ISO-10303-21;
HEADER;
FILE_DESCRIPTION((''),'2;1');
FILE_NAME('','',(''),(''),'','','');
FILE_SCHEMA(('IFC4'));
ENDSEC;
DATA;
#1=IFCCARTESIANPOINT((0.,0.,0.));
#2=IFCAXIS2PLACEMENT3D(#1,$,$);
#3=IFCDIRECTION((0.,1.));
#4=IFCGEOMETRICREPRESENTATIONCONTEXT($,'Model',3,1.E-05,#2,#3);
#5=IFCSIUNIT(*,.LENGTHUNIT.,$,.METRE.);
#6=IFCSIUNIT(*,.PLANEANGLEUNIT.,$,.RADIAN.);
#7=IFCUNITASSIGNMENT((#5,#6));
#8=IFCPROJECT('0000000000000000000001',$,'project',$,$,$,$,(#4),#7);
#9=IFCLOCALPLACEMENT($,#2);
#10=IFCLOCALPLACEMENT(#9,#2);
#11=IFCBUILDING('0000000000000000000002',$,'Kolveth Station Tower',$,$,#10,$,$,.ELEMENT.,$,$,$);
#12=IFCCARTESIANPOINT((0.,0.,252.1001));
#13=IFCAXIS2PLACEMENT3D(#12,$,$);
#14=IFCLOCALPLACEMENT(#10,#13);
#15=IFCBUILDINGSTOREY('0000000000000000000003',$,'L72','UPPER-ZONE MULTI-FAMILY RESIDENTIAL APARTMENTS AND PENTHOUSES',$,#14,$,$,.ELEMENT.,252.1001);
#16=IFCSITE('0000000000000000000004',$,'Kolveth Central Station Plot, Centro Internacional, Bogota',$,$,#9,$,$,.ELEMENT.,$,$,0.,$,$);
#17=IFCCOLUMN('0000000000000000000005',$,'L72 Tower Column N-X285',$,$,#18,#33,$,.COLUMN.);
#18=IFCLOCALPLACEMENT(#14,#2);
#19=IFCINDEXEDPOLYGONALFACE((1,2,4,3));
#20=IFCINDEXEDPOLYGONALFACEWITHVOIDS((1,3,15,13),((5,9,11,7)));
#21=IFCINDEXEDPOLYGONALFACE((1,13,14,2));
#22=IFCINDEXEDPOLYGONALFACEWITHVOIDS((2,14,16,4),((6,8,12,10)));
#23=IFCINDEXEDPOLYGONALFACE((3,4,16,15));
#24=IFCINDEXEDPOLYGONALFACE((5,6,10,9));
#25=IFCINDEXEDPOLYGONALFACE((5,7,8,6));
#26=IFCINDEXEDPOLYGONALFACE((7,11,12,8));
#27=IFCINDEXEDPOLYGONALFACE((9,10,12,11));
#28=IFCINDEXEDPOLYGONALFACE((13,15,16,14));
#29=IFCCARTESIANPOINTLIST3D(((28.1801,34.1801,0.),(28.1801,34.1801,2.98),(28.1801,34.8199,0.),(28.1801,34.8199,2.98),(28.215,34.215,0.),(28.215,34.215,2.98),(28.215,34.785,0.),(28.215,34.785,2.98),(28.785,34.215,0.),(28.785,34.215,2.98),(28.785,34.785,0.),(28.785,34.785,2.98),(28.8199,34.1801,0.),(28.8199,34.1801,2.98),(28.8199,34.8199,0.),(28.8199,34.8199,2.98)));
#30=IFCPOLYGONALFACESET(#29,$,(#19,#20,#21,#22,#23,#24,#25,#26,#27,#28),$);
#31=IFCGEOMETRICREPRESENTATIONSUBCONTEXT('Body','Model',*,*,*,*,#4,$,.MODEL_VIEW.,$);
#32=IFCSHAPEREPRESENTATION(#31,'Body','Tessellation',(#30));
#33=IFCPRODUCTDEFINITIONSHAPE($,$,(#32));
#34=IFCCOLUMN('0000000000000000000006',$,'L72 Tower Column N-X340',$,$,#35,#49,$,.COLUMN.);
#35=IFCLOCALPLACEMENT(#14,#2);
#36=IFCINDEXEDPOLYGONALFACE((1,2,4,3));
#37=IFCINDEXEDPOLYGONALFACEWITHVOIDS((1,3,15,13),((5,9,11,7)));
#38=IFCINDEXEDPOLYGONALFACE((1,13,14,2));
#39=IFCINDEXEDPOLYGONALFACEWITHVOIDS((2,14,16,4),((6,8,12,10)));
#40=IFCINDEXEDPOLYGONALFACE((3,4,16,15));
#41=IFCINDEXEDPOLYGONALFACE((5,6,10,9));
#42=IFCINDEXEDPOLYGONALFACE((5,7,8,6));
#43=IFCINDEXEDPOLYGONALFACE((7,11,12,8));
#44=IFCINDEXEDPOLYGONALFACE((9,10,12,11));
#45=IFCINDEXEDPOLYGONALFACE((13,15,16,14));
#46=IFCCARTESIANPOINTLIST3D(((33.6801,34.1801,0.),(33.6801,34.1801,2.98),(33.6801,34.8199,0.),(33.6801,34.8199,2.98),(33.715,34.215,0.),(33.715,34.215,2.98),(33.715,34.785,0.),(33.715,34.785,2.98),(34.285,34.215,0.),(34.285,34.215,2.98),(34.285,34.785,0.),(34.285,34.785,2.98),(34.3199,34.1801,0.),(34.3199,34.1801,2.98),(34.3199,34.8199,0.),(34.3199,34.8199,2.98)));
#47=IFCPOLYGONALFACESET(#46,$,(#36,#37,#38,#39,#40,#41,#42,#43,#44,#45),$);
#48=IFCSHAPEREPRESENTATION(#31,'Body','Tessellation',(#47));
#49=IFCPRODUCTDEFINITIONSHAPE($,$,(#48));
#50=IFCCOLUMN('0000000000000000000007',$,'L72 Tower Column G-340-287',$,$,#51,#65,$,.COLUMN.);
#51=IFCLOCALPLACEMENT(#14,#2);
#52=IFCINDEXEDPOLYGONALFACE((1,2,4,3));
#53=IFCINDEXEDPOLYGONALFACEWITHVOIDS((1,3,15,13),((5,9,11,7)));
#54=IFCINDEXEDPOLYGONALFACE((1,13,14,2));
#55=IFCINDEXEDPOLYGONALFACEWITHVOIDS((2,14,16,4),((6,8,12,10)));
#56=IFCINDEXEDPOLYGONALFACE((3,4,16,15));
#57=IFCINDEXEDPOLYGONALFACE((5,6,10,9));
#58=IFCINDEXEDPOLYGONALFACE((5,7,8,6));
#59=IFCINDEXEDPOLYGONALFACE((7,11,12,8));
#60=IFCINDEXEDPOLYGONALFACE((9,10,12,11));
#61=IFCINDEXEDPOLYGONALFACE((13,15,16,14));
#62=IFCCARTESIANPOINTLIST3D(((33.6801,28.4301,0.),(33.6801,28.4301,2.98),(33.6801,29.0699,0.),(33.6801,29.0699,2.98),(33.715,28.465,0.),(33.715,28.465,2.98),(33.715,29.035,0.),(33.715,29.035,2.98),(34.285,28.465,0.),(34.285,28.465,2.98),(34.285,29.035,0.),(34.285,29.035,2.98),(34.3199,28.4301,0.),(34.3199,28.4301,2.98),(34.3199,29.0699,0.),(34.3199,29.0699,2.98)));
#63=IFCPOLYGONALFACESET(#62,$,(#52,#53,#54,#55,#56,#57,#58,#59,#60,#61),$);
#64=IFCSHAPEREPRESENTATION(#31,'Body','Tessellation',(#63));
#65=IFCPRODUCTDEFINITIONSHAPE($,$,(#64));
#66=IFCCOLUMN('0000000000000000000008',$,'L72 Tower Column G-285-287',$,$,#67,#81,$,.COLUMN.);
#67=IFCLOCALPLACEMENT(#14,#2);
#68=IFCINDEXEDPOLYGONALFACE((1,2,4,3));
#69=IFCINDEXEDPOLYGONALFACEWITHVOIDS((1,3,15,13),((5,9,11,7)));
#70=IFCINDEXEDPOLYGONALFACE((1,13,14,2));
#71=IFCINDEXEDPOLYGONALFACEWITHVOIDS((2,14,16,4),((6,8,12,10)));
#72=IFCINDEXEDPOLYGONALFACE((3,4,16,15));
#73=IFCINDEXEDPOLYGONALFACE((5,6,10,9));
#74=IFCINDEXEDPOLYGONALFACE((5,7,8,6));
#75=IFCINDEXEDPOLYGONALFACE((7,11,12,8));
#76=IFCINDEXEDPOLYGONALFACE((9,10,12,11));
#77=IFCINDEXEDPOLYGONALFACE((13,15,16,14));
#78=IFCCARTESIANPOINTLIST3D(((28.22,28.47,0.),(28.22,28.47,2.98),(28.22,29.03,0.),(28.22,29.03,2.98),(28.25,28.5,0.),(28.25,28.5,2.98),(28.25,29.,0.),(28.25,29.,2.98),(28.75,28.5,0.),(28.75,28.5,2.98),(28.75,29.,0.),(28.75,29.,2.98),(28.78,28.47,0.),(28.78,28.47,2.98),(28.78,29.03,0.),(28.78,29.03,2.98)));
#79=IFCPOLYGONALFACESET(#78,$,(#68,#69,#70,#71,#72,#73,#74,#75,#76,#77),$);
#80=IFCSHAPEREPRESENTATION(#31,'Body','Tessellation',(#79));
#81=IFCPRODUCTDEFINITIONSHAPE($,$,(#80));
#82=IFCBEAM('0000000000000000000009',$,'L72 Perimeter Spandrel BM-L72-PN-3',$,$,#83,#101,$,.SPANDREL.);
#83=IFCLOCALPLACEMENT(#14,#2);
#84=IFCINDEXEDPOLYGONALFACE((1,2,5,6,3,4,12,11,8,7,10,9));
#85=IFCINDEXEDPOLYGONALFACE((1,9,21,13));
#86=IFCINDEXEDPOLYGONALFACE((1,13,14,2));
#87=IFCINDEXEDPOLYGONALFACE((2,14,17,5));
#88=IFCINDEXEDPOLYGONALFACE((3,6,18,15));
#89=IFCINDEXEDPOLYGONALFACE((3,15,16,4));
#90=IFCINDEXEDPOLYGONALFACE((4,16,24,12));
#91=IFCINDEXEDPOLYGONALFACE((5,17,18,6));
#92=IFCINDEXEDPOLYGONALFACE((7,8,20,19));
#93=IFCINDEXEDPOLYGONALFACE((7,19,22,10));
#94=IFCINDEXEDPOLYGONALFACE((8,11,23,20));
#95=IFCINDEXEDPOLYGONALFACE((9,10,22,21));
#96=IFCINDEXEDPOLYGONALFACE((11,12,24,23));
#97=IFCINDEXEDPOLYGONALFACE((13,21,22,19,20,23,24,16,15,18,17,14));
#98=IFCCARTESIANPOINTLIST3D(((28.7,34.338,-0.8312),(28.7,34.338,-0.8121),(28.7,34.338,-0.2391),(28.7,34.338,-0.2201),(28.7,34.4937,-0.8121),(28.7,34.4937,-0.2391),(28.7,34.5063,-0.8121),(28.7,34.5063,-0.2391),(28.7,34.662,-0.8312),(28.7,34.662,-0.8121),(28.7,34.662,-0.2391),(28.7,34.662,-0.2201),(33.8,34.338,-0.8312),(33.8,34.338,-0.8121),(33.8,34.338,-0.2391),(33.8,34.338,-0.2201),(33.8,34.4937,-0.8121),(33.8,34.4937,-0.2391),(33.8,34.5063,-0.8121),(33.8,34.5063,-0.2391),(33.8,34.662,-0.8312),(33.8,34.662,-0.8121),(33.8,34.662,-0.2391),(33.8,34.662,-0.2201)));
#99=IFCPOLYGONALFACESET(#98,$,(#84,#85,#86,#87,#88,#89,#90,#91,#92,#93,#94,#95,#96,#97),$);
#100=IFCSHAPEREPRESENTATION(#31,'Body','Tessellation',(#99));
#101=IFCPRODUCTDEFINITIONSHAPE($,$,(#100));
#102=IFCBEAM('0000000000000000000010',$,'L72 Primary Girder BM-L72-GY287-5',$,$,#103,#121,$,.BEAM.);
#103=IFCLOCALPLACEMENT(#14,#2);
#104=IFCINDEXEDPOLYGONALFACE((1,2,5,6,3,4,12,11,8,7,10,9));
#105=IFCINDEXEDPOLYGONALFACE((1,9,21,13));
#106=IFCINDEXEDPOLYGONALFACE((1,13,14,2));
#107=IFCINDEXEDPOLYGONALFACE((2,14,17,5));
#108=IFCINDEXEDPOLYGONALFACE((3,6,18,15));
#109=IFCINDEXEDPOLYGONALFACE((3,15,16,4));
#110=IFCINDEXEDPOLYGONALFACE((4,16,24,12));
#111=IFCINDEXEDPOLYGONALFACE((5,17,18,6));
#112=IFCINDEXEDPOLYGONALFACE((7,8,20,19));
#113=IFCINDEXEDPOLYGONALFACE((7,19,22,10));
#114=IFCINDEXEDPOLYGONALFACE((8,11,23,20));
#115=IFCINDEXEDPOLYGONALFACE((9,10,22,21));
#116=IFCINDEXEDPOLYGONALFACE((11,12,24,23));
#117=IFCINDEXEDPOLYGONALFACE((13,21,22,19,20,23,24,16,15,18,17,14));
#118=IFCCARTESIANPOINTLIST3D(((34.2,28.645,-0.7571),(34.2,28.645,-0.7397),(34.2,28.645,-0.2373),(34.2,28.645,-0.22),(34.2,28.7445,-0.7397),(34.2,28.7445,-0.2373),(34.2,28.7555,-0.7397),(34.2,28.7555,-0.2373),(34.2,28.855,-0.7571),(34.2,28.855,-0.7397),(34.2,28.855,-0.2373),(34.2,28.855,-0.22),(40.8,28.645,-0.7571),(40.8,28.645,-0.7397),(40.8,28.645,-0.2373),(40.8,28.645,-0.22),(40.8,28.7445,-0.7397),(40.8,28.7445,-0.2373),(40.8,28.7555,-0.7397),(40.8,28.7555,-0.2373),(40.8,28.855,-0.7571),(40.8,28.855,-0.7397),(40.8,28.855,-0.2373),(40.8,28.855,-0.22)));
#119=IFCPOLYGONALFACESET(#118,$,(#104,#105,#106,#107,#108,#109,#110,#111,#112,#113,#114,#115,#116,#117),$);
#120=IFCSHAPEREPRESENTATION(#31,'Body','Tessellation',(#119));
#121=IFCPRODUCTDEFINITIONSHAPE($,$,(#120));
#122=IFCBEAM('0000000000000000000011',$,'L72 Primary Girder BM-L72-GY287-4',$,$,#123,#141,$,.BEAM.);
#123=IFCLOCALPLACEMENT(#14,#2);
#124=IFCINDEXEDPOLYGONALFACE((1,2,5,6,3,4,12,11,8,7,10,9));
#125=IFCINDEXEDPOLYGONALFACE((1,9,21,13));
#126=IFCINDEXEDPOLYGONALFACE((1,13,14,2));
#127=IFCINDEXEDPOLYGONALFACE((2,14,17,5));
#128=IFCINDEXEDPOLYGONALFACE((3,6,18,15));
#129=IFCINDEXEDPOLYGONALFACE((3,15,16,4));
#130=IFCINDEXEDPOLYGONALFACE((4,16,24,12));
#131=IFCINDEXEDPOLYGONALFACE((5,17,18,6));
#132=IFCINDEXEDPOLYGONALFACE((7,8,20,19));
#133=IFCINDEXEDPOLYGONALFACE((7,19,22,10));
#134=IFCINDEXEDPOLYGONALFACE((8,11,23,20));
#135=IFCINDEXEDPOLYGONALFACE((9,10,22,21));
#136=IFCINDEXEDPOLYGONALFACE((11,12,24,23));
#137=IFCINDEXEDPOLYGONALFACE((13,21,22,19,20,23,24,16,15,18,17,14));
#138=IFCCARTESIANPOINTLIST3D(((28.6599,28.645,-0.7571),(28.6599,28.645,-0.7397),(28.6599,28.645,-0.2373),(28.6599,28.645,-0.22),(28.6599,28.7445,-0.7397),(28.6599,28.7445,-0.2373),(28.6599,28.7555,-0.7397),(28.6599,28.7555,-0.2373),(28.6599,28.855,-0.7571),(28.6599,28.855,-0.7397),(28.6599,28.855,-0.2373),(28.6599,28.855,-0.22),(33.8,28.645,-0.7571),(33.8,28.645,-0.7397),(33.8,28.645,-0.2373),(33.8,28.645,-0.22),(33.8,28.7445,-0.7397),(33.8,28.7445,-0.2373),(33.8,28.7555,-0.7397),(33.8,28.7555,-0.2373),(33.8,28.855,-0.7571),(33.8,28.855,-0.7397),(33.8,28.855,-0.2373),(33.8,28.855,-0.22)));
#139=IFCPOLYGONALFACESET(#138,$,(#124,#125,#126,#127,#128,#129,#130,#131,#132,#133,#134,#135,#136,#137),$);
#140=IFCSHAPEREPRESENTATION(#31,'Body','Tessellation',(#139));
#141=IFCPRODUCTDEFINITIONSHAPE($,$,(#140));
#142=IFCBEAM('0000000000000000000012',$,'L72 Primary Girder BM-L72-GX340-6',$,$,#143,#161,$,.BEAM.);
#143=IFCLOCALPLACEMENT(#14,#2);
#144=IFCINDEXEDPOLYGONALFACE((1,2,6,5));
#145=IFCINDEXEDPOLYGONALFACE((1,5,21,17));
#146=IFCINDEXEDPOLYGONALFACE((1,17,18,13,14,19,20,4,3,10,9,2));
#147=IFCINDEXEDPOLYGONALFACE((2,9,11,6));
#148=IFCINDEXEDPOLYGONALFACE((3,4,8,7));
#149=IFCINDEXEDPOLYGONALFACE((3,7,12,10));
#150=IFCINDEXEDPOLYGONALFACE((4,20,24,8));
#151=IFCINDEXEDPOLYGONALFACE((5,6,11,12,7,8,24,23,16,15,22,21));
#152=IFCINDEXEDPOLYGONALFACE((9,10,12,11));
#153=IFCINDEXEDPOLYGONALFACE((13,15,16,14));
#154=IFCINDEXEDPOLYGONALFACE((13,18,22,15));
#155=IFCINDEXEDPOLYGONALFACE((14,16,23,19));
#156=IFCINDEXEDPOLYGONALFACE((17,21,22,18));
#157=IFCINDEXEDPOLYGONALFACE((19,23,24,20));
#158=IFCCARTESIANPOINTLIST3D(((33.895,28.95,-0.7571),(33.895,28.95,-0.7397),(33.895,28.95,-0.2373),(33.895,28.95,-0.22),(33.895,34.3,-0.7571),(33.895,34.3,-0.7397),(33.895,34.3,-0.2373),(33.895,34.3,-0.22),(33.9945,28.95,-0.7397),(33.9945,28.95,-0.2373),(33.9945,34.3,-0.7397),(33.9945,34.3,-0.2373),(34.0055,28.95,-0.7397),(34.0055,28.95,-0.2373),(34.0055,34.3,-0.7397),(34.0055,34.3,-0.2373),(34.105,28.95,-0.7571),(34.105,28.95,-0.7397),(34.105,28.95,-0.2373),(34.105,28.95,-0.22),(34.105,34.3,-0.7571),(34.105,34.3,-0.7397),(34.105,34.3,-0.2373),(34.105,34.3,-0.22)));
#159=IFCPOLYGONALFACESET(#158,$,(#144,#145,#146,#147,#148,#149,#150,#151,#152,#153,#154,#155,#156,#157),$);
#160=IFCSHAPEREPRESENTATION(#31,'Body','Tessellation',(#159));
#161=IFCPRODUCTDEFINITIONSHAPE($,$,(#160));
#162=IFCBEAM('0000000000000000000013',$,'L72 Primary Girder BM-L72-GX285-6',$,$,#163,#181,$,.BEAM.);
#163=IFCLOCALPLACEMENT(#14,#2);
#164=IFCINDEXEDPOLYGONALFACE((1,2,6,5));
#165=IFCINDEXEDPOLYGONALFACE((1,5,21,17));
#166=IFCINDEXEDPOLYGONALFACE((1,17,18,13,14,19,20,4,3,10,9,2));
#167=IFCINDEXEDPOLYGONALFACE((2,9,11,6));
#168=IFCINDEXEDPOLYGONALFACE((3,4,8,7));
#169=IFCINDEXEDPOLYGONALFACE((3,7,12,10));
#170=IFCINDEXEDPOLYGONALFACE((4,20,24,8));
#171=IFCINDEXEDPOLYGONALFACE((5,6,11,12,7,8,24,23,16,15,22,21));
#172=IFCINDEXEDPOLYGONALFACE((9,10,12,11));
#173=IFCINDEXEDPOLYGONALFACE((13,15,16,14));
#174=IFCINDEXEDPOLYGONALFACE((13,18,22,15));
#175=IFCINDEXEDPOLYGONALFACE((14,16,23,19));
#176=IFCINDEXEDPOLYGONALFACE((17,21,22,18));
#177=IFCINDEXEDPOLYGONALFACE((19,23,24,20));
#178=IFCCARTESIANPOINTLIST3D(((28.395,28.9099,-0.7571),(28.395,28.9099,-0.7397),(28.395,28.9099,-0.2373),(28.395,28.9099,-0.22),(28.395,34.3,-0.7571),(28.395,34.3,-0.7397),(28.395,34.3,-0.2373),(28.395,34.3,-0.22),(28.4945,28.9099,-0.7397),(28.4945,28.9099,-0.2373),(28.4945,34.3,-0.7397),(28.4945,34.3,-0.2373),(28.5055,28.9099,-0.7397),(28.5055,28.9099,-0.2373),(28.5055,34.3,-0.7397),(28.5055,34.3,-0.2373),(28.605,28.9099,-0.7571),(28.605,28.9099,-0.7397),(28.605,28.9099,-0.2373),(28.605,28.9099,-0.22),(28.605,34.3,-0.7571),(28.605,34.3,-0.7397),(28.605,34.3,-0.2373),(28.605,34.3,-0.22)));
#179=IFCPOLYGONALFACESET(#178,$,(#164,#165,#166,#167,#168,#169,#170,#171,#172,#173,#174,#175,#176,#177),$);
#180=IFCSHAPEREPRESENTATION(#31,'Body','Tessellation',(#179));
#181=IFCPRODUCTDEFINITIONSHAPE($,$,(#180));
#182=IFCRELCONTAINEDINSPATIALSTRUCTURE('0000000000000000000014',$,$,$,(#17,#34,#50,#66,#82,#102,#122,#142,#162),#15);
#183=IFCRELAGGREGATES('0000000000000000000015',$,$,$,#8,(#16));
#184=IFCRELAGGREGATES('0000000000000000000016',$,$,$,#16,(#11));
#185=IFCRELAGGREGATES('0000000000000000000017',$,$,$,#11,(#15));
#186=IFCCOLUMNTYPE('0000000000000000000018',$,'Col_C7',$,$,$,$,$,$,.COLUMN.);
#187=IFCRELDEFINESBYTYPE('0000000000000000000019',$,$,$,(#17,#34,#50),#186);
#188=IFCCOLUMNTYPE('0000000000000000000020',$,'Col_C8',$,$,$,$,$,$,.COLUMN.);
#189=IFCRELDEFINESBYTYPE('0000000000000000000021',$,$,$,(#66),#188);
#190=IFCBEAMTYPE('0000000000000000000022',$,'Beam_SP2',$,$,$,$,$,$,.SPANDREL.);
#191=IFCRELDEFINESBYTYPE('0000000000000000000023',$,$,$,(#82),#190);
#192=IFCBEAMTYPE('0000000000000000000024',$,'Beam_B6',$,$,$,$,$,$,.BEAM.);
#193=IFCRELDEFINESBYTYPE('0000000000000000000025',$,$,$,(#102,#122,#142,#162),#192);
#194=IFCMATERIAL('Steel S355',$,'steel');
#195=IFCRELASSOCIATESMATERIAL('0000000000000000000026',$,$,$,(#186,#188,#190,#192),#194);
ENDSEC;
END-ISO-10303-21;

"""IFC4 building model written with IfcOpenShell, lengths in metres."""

from ifc_helpers import new_model, si_unit, direction, frame, origin, origin_2d, place, context, subcontext, project, spatial, hollow_rectangle, i_section, extrude, source, transform, mapped, material, material_profile, profile_set, type_object, element, save


model = new_model("IFC4")

# Units and contexts
model_context = context("Model", 3, precision=1e-05, world=origin(), true_north=direction((0.0, 1.0)))
body_context = subcontext(model_context, "Body", "Model", "MODEL_VIEW")
ifc_project = project(units=[si_unit("LENGTHUNIT", "METRE"), si_unit("PLANEANGLEUNIT", "RADIAN")], contexts=[model_context])

# Site, building, storey
site_placement = place(None, origin())
site = spatial("IfcSite", under=ifc_project, at=site_placement, Name="Kolveth Central Station Plot, Centro Internacional, Bogota", CompositionType="ELEMENT", RefElevation=0.0)
building_placement = place(site_placement, origin())
building = spatial("IfcBuilding", under=site, at=building_placement, Name="Kolveth Station Tower", CompositionType="ELEMENT")
storey_placement = place(building_placement, frame((0.0, 0.0, 252.1001)))
storey = spatial("IfcBuildingStorey", under=building, at=storey_placement, Name="L72", Description="UPPER-ZONE MULTI-FAMILY RESIDENTIAL APARTMENTS AND PENTHOUSES", CompositionType="ELEMENT", Elevation=252.1001)

# Columns
ifc_material_1 = material(Name="Steel S355", Category="steel")
ifc_material_profile_1 = material_profile(ifc_material_1, hollow_rectangle(XDim=0.6399, YDim=0.6399, WallThickness=0.0349, at=origin_2d()), Name="BOX640x640x35")
ifc_profile_set_1 = profile_set([ifc_material_profile_1], Name="Steel S355")
column_type_1 = type_object("IfcColumnType", Name="Col_C7", PredefinedType="COLUMN", material=ifc_profile_set_1)
shared_shape_1 = source(origin(), body_context, "Body", "SweptSolid", [
    extrude(hollow_rectangle(XDim=0.6399, YDim=0.6399, WallThickness=0.0349, at=origin_2d()), origin(), (0.0, 0.0, 1.0), 2.98),
])
for number, where, z_axis, x_axis, name in (
    (1, (28.5, 34.5, 0.0), (0.0, 0.0, 1.0), (1.0, 0.0, 0.0), "L72 Tower Column N-X285"),
    (2, (34.0, 34.5, 0.0), (0.0, 0.0, 1.0), (1.0, 0.0, 0.0), "L72 Tower Column N-X340"),
    (3, (34.0, 28.75, 0.0), (0.0, 0.0, 1.0), (1.0, 0.0, 0.0), "L72 Tower Column G-340-287"),
):
    element("IfcColumn", number, at=place(storey_placement, frame(where, z_axis=z_axis, x_axis=x_axis)), inside=storey, type_object=column_type_1, Name=name, PredefinedType="COLUMN", context=body_context, shape_type="MappedRepresentation", body=[
        mapped(shared_shape_1, transform((0.0, 0.0, 0.0), x_axis=(1.0, 0.0, 0.0), y_axis=(0.0, 1.0, 0.0), z_axis=(0.0, 0.0, 1.0), scale=1.0)),
    ])
ifc_material_profile_2 = material_profile(ifc_material_1, hollow_rectangle(XDim=0.5601, YDim=0.5601, WallThickness=0.03, at=origin_2d()), Name="BOX560x560x30")
ifc_profile_set_2 = profile_set([ifc_material_profile_2], Name="Steel S355")
column_type_2 = type_object("IfcColumnType", Name="Col_C8", PredefinedType="COLUMN", material=ifc_profile_set_2)
shared_shape_2 = source(origin(), body_context, "Body", "SweptSolid", [
    extrude(hollow_rectangle(XDim=0.5601, YDim=0.5601, WallThickness=0.03, at=origin_2d()), origin(), (0.0, 0.0, 1.0), 2.98),
])
column_placement = place(storey_placement, frame((28.5, 28.75, 0.0), z_axis=(0.0, 0.0, 1.0), x_axis=(1.0, 0.0, 0.0)))
element("IfcColumn", 4, at=column_placement, inside=storey, type_object=column_type_2, Name="L72 Tower Column G-285-287", PredefinedType="COLUMN", context=body_context, shape_type="MappedRepresentation", body=[
    mapped(shared_shape_2, transform((0.0, 0.0, 0.0), x_axis=(1.0, 0.0, 0.0), y_axis=(0.0, 1.0, 0.0), z_axis=(0.0, 0.0, 1.0), scale=1.0)),
])

# Beams
ifc_material_profile_3 = material_profile(ifc_material_1, i_section(OverallWidth=0.324, OverallDepth=0.6111, WebThickness=0.0127, FlangeThickness=0.019, at=origin_2d()), Name="W610x155")
ifc_profile_set_3 = profile_set([ifc_material_profile_3], Name="Steel S355")
beam_type_1 = type_object("IfcBeamType", Name="Beam_SP2", PredefinedType="SPANDREL", material=ifc_profile_set_3)
shared_shape_3 = source(origin(), body_context, "Body", "SweptSolid", [
    extrude(i_section(OverallWidth=0.324, OverallDepth=0.6111, WebThickness=0.0127, FlangeThickness=0.019, at=origin_2d()), origin(), (0.0, 0.0, 1.0), 5.1001),
])
beam_1_placement = place(storey_placement, frame((28.7, 34.5, -0.5256), z_axis=(1.0, 0.0, 0.0), x_axis=(0.0, 1.0, 0.0)))
element("IfcBeam", 5, at=beam_1_placement, inside=storey, type_object=beam_type_1, Name="L72 Perimeter Spandrel BM-L72-PN-3", PredefinedType="SPANDREL", context=body_context, shape_type="MappedRepresentation", body=[
    mapped(shared_shape_3, transform((0.0, 0.0, 0.0), x_axis=(1.0, 0.0, 0.0), y_axis=(0.0, 1.0, 0.0), z_axis=(0.0, 0.0, 1.0), scale=1.0)),
])
ifc_material_profile_4 = material_profile(ifc_material_1, i_section(OverallWidth=0.21, OverallDepth=0.5371, WebThickness=0.011, FlangeThickness=0.0173, at=origin_2d()), Name="W530x101")
ifc_profile_set_4 = profile_set([ifc_material_profile_4], Name="Steel S355")
beam_type_2 = type_object("IfcBeamType", Name="Beam_B6", PredefinedType="BEAM", material=ifc_profile_set_4)
shared_shape_4 = source(origin(), body_context, "Body", "SweptSolid", [
    extrude(i_section(OverallWidth=0.21, OverallDepth=0.5371, WebThickness=0.011, FlangeThickness=0.0173, at=origin_2d()), origin(), (0.0, 0.0, 1.0), 6.6001),
])
beam_2_placement = place(storey_placement, frame((34.2, 28.75, -0.4885), z_axis=(1.0, 0.0, 0.0), x_axis=(0.0, 1.0, 0.0)))
element("IfcBeam", 6, at=beam_2_placement, inside=storey, type_object=beam_type_2, Name="L72 Primary Girder BM-L72-GY287-5", PredefinedType="BEAM", context=body_context, shape_type="MappedRepresentation", body=[
    mapped(shared_shape_4, transform((0.0, 0.0, 0.0), x_axis=(1.0, 0.0, 0.0), y_axis=(0.0, 1.0, 0.0), z_axis=(0.0, 0.0, 1.0), scale=1.0)),
])
shared_shape_5 = source(origin(), body_context, "Body", "SweptSolid", [
    extrude(i_section(OverallWidth=0.21, OverallDepth=0.5371, WebThickness=0.011, FlangeThickness=0.0173, at=origin_2d()), origin(), (0.0, 0.0, 1.0), 5.1401),
])
beam_3_placement = place(storey_placement, frame((28.6599, 28.75, -0.4885), z_axis=(1.0, 0.0, 0.0), x_axis=(0.0, 1.0, 0.0)))
element("IfcBeam", 7, at=beam_3_placement, inside=storey, type_object=beam_type_2, Name="L72 Primary Girder BM-L72-GY287-4", PredefinedType="BEAM", context=body_context, shape_type="MappedRepresentation", body=[
    mapped(shared_shape_5, transform((0.0, 0.0, 0.0), x_axis=(1.0, 0.0, 0.0), y_axis=(0.0, 1.0, 0.0), z_axis=(0.0, 0.0, 1.0), scale=1.0)),
])
shared_shape_6 = source(origin(), body_context, "Body", "SweptSolid", [
    extrude(i_section(OverallWidth=0.21, OverallDepth=0.5371, WebThickness=0.011, FlangeThickness=0.0173, at=origin_2d()), origin(), (0.0, 0.0, 1.0), 5.3501),
])
beam_4_placement = place(storey_placement, frame((34.0, 28.95, -0.4885), z_axis=(0.0, 1.0, 0.0), x_axis=(-1.0, 0.0, 0.0)))
element("IfcBeam", 8, at=beam_4_placement, inside=storey, type_object=beam_type_2, Name="L72 Primary Girder BM-L72-GX340-6", PredefinedType="BEAM", context=body_context, shape_type="MappedRepresentation", body=[
    mapped(shared_shape_6, transform((0.0, 0.0, 0.0), x_axis=(1.0, 0.0, 0.0), y_axis=(0.0, 1.0, 0.0), z_axis=(0.0, 0.0, 1.0), scale=1.0)),
])
shared_shape_7 = source(origin(), body_context, "Body", "SweptSolid", [
    extrude(i_section(OverallWidth=0.21, OverallDepth=0.5371, WebThickness=0.011, FlangeThickness=0.0173, at=origin_2d()), origin(), (0.0, 0.0, 1.0), 5.3901),
])
beam_5_placement = place(storey_placement, frame((28.5, 28.9099, -0.4885), z_axis=(0.0, 1.0, 0.0), x_axis=(-1.0, 0.0, 0.0)))
element("IfcBeam", 9, at=beam_5_placement, inside=storey, type_object=beam_type_2, Name="L72 Primary Girder BM-L72-GX285-6", PredefinedType="BEAM", context=body_context, shape_type="MappedRepresentation", body=[
    mapped(shared_shape_7, transform((0.0, 0.0, 0.0), x_axis=(1.0, 0.0, 0.0), y_axis=(0.0, 1.0, 0.0), z_axis=(0.0, 0.0, 1.0), scale=1.0)),
])

save(model, "model.ifc")
